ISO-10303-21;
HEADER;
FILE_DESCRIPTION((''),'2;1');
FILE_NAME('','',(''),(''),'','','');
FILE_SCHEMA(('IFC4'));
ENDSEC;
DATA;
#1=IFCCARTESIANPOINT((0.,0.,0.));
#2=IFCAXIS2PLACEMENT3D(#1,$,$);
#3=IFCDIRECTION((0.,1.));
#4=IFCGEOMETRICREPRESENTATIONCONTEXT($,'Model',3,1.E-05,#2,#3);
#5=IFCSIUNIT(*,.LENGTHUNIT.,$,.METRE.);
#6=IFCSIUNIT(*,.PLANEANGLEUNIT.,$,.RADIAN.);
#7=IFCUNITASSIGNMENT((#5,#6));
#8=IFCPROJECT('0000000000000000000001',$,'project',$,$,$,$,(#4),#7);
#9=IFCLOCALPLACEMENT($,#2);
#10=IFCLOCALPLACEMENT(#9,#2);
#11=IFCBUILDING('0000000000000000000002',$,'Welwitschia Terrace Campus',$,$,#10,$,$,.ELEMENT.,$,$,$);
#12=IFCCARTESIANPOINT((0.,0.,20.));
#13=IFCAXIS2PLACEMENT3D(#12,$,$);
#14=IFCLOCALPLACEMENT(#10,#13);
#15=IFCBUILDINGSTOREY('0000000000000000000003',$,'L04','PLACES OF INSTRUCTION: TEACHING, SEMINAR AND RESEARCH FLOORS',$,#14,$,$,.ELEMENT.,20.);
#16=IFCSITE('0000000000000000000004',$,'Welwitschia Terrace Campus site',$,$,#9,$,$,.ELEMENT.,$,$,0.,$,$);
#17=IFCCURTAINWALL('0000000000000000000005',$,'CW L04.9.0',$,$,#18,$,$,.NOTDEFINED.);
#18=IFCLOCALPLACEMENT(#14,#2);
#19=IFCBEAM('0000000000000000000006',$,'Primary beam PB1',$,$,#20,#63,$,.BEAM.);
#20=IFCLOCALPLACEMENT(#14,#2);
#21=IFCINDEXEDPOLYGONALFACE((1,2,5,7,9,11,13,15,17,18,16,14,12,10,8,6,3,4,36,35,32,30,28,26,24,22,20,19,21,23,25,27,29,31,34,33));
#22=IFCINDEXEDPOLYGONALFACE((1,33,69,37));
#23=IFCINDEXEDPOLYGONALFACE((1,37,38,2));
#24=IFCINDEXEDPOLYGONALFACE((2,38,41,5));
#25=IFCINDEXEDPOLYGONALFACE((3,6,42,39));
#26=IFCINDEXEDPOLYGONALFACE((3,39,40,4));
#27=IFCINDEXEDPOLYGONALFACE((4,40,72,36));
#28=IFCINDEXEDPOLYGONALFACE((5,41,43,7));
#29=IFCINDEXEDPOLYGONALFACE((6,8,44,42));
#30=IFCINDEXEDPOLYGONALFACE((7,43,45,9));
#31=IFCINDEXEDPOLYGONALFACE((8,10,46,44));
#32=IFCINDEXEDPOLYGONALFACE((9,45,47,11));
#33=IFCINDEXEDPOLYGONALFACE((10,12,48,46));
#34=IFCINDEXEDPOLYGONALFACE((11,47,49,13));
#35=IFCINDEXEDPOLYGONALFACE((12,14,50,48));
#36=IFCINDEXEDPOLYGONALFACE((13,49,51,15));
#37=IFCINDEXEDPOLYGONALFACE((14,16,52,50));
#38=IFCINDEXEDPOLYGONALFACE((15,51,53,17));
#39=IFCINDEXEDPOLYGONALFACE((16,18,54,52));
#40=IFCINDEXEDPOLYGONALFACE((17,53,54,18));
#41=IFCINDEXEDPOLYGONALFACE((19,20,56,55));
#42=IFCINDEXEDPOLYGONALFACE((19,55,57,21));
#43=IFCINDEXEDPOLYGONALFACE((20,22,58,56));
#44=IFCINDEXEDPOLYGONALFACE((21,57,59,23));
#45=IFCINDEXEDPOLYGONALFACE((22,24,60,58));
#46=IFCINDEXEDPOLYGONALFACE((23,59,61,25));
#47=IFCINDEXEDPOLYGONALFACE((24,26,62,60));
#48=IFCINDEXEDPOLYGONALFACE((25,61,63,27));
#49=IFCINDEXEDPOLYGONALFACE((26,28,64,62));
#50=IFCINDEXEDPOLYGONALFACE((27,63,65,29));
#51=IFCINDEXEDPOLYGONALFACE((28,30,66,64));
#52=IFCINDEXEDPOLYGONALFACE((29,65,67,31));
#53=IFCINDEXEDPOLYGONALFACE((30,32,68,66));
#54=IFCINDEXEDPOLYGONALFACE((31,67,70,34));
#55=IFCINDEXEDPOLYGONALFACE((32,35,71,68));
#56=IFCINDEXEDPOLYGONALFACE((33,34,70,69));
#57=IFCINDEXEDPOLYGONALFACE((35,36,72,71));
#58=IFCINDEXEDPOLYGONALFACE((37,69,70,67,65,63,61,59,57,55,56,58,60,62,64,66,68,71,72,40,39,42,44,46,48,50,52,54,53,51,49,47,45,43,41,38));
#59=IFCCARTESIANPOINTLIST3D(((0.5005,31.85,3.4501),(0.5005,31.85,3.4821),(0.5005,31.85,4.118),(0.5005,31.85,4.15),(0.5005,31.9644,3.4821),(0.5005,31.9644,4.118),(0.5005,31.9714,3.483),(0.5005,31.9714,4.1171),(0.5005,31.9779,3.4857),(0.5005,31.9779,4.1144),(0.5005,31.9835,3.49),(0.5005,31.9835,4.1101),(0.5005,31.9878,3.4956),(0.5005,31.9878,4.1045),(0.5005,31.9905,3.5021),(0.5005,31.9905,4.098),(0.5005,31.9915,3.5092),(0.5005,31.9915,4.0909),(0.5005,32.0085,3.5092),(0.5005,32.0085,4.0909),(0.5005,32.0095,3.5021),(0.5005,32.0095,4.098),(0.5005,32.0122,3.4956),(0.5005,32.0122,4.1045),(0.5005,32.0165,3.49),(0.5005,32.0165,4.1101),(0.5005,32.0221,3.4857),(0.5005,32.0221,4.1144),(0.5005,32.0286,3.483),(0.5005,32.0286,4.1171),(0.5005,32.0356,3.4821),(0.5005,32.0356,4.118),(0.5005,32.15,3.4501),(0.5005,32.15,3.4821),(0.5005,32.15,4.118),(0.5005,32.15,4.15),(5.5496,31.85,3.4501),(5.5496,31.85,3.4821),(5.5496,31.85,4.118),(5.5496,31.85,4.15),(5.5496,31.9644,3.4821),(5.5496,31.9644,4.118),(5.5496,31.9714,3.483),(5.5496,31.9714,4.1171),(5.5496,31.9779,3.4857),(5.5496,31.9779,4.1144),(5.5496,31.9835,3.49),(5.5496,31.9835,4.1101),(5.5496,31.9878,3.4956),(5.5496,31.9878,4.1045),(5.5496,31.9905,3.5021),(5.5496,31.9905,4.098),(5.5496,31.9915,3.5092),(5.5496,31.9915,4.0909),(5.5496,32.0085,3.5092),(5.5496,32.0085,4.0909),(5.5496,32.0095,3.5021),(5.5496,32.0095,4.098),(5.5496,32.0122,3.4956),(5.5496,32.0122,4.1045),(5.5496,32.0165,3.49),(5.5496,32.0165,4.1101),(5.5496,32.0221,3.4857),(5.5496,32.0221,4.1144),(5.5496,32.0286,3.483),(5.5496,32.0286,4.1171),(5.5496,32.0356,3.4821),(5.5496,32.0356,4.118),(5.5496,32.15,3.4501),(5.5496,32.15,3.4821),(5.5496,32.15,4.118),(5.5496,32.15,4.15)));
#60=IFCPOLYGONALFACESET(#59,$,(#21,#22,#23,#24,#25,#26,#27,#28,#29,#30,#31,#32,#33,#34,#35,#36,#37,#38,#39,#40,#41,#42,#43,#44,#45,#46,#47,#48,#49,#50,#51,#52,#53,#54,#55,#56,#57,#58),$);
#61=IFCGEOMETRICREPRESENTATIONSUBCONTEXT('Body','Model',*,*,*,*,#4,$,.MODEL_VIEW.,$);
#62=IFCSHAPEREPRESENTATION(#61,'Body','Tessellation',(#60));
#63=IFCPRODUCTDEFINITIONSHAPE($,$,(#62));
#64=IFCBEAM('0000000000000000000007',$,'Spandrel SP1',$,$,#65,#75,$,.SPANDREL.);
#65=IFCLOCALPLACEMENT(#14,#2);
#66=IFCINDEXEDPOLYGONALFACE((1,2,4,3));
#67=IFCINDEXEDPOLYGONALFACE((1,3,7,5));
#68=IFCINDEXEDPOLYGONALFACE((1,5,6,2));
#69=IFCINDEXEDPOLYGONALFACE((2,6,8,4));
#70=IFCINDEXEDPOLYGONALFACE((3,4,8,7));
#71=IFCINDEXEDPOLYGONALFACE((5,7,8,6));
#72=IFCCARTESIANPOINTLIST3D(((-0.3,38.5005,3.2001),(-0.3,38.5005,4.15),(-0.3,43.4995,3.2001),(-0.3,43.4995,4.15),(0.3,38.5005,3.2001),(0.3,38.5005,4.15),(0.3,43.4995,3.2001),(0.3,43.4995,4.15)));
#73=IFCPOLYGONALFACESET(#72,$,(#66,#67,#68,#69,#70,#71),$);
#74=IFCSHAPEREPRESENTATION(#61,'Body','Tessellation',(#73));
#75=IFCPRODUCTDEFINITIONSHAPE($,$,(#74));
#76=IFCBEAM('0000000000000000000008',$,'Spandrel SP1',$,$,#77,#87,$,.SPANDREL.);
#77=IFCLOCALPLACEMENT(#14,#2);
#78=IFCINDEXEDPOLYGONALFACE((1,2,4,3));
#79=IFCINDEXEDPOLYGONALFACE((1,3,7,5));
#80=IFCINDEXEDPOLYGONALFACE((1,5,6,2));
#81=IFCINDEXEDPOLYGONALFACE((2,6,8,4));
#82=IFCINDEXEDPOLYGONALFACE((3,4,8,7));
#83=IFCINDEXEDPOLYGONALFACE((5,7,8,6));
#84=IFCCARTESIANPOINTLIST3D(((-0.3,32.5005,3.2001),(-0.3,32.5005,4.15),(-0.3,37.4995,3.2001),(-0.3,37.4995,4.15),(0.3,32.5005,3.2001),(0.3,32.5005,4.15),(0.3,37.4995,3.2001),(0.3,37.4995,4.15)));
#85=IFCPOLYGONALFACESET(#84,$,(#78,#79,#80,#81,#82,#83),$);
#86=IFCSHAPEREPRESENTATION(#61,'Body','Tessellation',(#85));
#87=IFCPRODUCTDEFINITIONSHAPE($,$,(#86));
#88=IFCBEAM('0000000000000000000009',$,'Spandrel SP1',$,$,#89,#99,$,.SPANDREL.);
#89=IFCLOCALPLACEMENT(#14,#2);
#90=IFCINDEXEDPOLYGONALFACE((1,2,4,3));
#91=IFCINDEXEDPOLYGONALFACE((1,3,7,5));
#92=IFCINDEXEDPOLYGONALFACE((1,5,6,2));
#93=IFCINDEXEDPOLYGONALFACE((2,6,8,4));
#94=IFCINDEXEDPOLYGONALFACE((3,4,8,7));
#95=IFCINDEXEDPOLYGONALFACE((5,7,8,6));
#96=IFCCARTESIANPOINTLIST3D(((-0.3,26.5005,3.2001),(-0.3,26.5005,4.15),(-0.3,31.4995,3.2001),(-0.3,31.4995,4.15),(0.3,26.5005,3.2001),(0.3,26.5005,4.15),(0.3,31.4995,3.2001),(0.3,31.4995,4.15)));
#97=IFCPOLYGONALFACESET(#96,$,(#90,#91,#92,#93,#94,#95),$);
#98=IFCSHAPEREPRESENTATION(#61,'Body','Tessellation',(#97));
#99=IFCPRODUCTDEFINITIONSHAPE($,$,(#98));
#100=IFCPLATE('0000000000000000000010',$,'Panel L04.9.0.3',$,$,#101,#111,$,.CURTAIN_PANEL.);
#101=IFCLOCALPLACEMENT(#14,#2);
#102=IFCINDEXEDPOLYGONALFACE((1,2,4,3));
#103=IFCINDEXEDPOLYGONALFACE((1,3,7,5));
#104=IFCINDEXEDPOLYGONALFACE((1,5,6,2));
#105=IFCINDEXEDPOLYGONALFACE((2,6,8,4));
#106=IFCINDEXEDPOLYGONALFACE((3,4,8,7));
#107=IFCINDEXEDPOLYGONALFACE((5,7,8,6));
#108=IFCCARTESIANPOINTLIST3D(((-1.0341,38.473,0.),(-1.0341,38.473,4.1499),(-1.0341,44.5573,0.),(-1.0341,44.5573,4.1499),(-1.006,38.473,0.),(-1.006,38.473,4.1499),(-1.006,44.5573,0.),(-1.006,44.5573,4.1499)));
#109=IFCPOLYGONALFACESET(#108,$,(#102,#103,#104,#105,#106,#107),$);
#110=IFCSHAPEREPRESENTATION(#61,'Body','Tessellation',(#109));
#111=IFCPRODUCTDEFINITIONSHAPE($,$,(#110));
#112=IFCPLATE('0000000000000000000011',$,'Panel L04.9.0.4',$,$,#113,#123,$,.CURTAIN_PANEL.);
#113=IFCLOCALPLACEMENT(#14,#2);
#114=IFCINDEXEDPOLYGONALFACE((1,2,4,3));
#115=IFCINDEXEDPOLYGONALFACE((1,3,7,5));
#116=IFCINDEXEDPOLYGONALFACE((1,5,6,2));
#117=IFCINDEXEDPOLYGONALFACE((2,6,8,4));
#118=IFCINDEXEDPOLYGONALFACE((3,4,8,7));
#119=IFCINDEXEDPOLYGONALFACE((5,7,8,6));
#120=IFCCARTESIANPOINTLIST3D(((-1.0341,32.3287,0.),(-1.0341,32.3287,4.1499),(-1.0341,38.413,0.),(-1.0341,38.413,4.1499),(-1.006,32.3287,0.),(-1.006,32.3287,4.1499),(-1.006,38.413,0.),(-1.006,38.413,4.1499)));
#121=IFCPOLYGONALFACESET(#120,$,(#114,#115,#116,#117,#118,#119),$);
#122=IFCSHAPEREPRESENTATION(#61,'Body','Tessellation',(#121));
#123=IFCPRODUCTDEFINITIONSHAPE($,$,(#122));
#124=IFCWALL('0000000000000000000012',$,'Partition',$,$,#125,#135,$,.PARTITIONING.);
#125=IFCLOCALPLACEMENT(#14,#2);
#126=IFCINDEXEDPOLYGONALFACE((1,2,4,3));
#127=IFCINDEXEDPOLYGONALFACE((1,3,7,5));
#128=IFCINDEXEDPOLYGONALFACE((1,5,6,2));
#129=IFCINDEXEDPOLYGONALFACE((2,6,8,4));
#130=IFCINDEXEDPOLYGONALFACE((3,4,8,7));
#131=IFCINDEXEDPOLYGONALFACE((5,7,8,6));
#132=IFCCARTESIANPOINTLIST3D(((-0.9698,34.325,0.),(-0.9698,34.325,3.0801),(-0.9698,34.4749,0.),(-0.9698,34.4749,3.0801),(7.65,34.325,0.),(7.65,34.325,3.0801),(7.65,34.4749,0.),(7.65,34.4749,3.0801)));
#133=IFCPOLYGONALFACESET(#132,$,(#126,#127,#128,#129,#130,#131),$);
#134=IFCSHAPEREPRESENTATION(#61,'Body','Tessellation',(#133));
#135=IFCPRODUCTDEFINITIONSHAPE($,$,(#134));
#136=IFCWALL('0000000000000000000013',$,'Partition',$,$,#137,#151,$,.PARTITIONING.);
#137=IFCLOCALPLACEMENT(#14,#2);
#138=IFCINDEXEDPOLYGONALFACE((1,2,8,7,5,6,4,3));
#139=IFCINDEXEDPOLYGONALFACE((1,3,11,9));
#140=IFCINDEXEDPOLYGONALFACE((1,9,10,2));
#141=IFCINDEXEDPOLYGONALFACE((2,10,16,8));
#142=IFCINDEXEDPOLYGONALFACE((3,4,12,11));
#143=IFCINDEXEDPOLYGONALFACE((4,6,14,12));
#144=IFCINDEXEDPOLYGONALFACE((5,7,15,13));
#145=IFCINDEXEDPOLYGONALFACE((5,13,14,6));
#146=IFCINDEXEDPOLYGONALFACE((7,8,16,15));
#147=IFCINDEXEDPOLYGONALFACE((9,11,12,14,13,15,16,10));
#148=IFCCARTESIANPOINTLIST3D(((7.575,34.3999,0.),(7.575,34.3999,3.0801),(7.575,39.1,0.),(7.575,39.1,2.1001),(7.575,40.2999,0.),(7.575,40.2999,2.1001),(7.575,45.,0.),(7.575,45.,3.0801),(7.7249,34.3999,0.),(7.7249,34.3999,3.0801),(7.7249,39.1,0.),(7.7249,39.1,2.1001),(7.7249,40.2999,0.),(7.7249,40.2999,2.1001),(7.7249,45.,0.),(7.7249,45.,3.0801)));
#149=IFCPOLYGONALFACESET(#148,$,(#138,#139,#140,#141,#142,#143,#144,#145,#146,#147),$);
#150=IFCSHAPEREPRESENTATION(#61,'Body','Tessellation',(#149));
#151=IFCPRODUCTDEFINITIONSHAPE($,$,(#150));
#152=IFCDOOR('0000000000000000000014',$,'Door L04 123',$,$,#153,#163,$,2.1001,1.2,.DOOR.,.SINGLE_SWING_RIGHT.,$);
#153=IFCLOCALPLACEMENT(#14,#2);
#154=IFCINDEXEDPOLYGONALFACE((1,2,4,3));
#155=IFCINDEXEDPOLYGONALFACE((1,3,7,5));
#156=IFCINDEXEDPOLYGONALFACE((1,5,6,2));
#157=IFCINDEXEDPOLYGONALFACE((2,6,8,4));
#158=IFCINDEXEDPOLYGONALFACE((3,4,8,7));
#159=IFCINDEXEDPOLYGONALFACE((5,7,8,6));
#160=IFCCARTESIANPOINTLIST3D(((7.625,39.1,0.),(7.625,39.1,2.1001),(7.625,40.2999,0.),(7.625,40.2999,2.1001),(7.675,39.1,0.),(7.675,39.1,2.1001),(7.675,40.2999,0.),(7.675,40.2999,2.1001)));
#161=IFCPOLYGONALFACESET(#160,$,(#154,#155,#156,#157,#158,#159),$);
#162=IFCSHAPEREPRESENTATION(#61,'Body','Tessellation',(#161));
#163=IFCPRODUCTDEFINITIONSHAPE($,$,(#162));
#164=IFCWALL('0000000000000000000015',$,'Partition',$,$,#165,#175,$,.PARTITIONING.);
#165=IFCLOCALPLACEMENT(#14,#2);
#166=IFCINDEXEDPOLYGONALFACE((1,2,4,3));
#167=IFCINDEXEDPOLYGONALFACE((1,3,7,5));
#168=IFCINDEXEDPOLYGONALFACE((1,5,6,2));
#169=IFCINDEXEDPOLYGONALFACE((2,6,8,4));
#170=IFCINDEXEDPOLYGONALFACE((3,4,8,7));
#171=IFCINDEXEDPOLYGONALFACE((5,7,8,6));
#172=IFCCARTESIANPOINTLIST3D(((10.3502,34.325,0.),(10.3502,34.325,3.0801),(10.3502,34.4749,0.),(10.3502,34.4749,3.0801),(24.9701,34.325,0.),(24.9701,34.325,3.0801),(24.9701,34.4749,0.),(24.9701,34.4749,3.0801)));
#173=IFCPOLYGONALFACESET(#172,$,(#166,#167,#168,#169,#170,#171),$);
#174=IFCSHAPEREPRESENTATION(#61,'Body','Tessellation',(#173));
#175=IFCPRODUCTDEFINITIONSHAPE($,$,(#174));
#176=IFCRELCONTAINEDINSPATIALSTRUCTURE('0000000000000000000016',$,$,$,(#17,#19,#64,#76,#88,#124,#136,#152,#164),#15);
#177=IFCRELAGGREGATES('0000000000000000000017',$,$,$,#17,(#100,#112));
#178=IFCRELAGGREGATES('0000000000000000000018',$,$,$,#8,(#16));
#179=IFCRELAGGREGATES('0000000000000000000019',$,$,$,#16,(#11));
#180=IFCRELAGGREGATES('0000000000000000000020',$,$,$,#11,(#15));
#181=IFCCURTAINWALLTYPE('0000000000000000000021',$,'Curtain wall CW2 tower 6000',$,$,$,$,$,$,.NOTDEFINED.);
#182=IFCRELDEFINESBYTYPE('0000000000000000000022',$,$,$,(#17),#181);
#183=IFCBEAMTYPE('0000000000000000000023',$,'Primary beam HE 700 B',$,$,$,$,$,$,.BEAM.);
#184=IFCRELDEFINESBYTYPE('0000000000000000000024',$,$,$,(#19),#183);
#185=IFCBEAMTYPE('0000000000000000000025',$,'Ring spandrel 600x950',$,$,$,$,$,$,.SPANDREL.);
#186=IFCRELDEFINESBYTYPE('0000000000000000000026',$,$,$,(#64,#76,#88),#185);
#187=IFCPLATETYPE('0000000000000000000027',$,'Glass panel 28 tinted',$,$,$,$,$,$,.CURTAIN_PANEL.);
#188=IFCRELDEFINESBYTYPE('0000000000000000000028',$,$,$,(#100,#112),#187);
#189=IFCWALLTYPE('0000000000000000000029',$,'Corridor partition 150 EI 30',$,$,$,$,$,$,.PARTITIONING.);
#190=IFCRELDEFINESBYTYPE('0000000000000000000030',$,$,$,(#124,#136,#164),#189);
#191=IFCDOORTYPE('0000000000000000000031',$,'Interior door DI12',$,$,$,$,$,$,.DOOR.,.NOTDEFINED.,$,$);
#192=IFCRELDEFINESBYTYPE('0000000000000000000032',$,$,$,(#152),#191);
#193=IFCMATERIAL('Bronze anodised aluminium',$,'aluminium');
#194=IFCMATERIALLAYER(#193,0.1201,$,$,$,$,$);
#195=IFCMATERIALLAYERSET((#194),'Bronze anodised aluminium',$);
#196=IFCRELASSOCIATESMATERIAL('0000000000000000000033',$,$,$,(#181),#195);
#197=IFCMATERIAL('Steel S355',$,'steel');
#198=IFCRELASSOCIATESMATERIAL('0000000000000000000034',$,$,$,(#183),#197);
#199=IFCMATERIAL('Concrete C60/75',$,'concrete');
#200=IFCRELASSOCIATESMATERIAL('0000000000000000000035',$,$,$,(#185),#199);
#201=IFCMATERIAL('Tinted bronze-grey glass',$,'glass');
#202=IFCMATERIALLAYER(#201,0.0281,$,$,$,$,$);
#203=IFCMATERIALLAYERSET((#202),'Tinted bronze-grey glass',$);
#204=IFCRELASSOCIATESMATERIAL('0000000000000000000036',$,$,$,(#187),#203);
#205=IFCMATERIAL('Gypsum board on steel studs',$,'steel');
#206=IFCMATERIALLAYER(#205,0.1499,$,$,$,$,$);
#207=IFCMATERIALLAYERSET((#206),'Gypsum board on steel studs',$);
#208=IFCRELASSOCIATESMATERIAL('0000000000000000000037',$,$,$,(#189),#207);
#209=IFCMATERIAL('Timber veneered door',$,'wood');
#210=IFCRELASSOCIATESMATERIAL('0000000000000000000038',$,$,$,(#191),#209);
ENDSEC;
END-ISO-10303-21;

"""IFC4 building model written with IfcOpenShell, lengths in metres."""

from ifc_helpers import new_model, si_unit, direction, frame, frame_2d, origin, origin_2d, place, context, subcontext, project, spatial, rectangle, i_section, extrude, material, layer, layer_set, material_profile, profile_set, type_object, element, fill, aggregate, save


model = new_model("IFC4")

# Units and contexts
model_context = context("Model", 3, precision=1e-05, world=origin(), true_north=direction((0.0, 1.0)))
body_context = subcontext(model_context, "Body", "Model", "MODEL_VIEW")
ifc_project = project(units=[si_unit("LENGTHUNIT", "METRE"), si_unit("PLANEANGLEUNIT", "RADIAN")], contexts=[model_context])

# Site, building, storey
site_placement = place(None, origin())
site = spatial("IfcSite", under=ifc_project, at=site_placement, Name="Welwitschia Terrace Campus site", CompositionType="ELEMENT", RefElevation=0.0)
building_placement = place(site_placement, origin())
building = spatial("IfcBuilding", under=site, at=building_placement, Name="Welwitschia Terrace Campus", CompositionType="ELEMENT")
storey_placement = place(building_placement, frame((0.0, 0.0, 20.0)))
storey = spatial("IfcBuildingStorey", under=building, at=storey_placement, Name="L04", Description="PLACES OF INSTRUCTION: TEACHING, SEMINAR AND RESEARCH FLOORS", CompositionType="ELEMENT", Elevation=20.0)

# Curtain wall
ifc_material_1 = material(Name="Bronze anodised aluminium", Category="aluminium")
ifc_layer_1 = layer(ifc_material_1, 0.1201)
ifc_layer_set_1 = layer_set([ifc_layer_1], Name="Bronze anodised aluminium")
curtain_wall_type = type_object("IfcCurtainWallType", Name="Curtain wall CW2 tower 6000", PredefinedType="NOTDEFINED", material=ifc_layer_set_1)
curtain_wall_placement = place(storey_placement, origin())
curtain_wall = element("IfcCurtainWall", 1, at=curtain_wall_placement, inside=storey, type_object=curtain_wall_type, Name="CW L04.9.0", PredefinedType="NOTDEFINED")

# Beams
ifc_material_2 = material(Name="Steel S355", Category="steel")
ifc_material_profile_1 = material_profile(ifc_material_2, i_section(OverallWidth=0.3, OverallDepth=0.7, WebThickness=0.0171, FlangeThickness=0.032, FilletRadius=0.0271, at=origin_2d()))
ifc_profile_set_1 = profile_set([ifc_material_profile_1], Name="Steel S355")
beam_type_1 = type_object("IfcBeamType", Name="Primary beam HE 700 B", PredefinedType="BEAM", material=ifc_profile_set_1)
for number, where, z_axis, x_axis, name in (
    (2, (0.5005, 32.0, 3.8), (1.0, 0.0, 0.0), (0.0, 1.0, 0.0), "Primary beam PB1"),
):
    element("IfcBeam", number, at=place(storey_placement, frame(where, z_axis=z_axis, x_axis=x_axis)), inside=storey, type_object=beam_type_1, Name=name, PredefinedType="BEAM", context=body_context, shape_type="SweptSolid", body=[
        extrude(i_section(OverallWidth=0.3, OverallDepth=0.7, WebThickness=0.0171, FlangeThickness=0.032, FilletRadius=0.0271, at=origin_2d()), origin(), (0.0, 0.0, 1.0), 5.0491),
    ])
ifc_material_3 = material(Name="Concrete C60/75", Category="concrete")
ifc_material_profile_2 = material_profile(ifc_material_3, rectangle(XDim=0.6001, YDim=0.95, at=origin_2d()))
ifc_profile_set_2 = profile_set([ifc_material_profile_2], Name="Concrete C60/75")
beam_type_2 = type_object("IfcBeamType", Name="Ring spandrel 600x950", PredefinedType="SPANDREL", material=ifc_profile_set_2)
for number, where, z_axis, x_axis, name in (
    (3, (0.0, 43.4995, 3.675), (0.0, -1.0, 0.0), (1.0, 0.0, 0.0), "Spandrel SP1"),
    (4, (0.0, 37.4995, 3.675), (0.0, -1.0, 0.0), (1.0, 0.0, 0.0), "Spandrel SP1"),
    (5, (0.0, 31.4995, 3.675), (0.0, -1.0, 0.0), (1.0, 0.0, 0.0), "Spandrel SP1"),
):
    element("IfcBeam", number, at=place(storey_placement, frame(where, z_axis=z_axis, x_axis=x_axis)), inside=storey, type_object=beam_type_2, Name=name, PredefinedType="SPANDREL", context=body_context, shape_type="SweptSolid", body=[
        extrude(rectangle(XDim=0.6001, YDim=0.95, at=origin_2d()), origin(), (0.0, 0.0, 1.0), 4.999),
    ])

# Plates
ifc_material_4 = material(Name="Tinted bronze-grey glass", Category="glass")
ifc_layer_2 = layer(ifc_material_4, 0.0281)
ifc_layer_set_2 = layer_set([ifc_layer_2], Name="Tinted bronze-grey glass")
plate_type = type_object("IfcPlateType", Name="Glass panel 28 tinted", PredefinedType="CURTAIN_PANEL", material=ifc_layer_set_2)
plate_1_placement = place(storey_placement, frame((-1.02, 41.5151, 0.0), z_axis=(0.0, 0.0, 1.0), x_axis=(0.0, -1.0, 0.0)))
plate_1 = element("IfcPlate", 6, at=plate_1_placement, type_object=plate_type, Name="Panel L04.9.0.3", PredefinedType="CURTAIN_PANEL", context=body_context, shape_type="SweptSolid", body=[
    extrude(rectangle(XDim=6.0842, YDim=0.0281, at=origin_2d()), origin(), (0.0, 0.0, 1.0), 4.1499),
])
plate_2_placement = place(storey_placement, frame((-1.02, 35.3708, 0.0), z_axis=(0.0, 0.0, 1.0), x_axis=(0.0, -1.0, 0.0)))
plate_2 = element("IfcPlate", 7, at=plate_2_placement, type_object=plate_type, Name="Panel L04.9.0.4", PredefinedType="CURTAIN_PANEL", context=body_context, shape_type="SweptSolid", body=[
    extrude(rectangle(XDim=6.0842, YDim=0.0281, at=origin_2d()), origin(), (0.0, 0.0, 1.0), 4.1499),
])
aggregate(curtain_wall, [plate_1, plate_2])

# Wall
ifc_material_5 = material(Name="Gypsum board on steel studs", Category="steel")
ifc_layer_3 = layer(ifc_material_5, 0.1499)
ifc_layer_set_3 = layer_set([ifc_layer_3], Name="Gypsum board on steel studs")
wall_type = type_object("IfcWallType", Name="Corridor partition 150 EI 30", PredefinedType="PARTITIONING", material=ifc_layer_set_3)
wall_1_placement = place(storey_placement, frame((-0.97, 34.3999, 0.0), z_axis=(0.0, 0.0, 1.0), x_axis=(1.0, 0.0, 0.0)))
element("IfcWall", 8, at=wall_1_placement, inside=storey, type_object=wall_type, Name="Partition", PredefinedType="PARTITIONING", context=body_context, shape_type="SweptSolid", body=[
    extrude(rectangle(XDim=8.6199, YDim=0.1499, at=frame_2d((4.3101, 0.0))), origin(), (0.0, 0.0, 1.0), 3.0801),
])

# Wall, opening, door
wall_2_placement = place(storey_placement, frame((7.6499, 34.3999, 0.0), z_axis=(0.0, 0.0, 1.0), x_axis=(0.0, 1.0, 0.0)))
wall_2 = element("IfcWall", 9, at=wall_2_placement, inside=storey, type_object=wall_type, Name="Partition", PredefinedType="PARTITIONING", context=body_context, shape_type="SweptSolid", body=[
    extrude(rectangle(XDim=10.6001, YDim=0.1499, at=frame_2d((5.3, 0.0))), origin(), (0.0, 0.0, 1.0), 3.0801),
])
opening_1_placement = place(wall_2_placement, frame((4.7, 0.0, 0.0)))
opening_1 = element("IfcOpeningElement", 10, at=opening_1_placement, cuts=wall_2, PredefinedType="OPENING", context=body_context, shape_type="SweptSolid", body=[
    extrude(rectangle(XDim=1.2, YDim=2.1001, at=frame_2d((0.6001, 1.05))), frame((0.0, 0.085, 0.0), z_axis=(0.0, -1.0, 0.0), x_axis=(1.0, 0.0, 0.0)), (0.0, 0.0, 1.0), 0.1699),
])
ifc_material_6 = material(Name="Timber veneered door", Category="wood")
door_type_1 = type_object("IfcDoorType", Name="Interior door DI12", OperationType="NOTDEFINED", PredefinedType="DOOR", material=ifc_material_6)
door_1_placement = place(opening_1_placement, origin())
door_1 = element("IfcDoor", 11, at=door_1_placement, inside=storey, type_object=door_type_1, Name="Door L04 123", OperationType="SINGLE_SWING_RIGHT", OverallHeight=2.1001, OverallWidth=1.2, PredefinedType="DOOR", context=body_context, shape_type="SweptSolid", body=[
    extrude(rectangle(XDim=1.2, YDim=2.1001, at=frame_2d((0.6001, 1.05))), frame((0.0, 0.0249, 0.0), z_axis=(0.0, -1.0, 0.0), x_axis=(1.0, 0.0, 0.0)), (0.0, 0.0, 1.0), 0.05),
])
fill(opening_1, door_1)

# Wall
wall_3_placement = place(storey_placement, frame((10.3501, 34.3999, 0.0), z_axis=(0.0, 0.0, 1.0), x_axis=(1.0, 0.0, 0.0)))
element("IfcWall", 12, at=wall_3_placement, inside=storey, type_object=wall_type, Name="Partition", PredefinedType="PARTITIONING", context=body_context, shape_type="SweptSolid", body=[
    extrude(rectangle(XDim=14.6199, YDim=0.1499, at=frame_2d((7.3101, 0.0))), origin(), (0.0, 0.0, 1.0), 3.0801),
])

save(model, "model.ifc")
